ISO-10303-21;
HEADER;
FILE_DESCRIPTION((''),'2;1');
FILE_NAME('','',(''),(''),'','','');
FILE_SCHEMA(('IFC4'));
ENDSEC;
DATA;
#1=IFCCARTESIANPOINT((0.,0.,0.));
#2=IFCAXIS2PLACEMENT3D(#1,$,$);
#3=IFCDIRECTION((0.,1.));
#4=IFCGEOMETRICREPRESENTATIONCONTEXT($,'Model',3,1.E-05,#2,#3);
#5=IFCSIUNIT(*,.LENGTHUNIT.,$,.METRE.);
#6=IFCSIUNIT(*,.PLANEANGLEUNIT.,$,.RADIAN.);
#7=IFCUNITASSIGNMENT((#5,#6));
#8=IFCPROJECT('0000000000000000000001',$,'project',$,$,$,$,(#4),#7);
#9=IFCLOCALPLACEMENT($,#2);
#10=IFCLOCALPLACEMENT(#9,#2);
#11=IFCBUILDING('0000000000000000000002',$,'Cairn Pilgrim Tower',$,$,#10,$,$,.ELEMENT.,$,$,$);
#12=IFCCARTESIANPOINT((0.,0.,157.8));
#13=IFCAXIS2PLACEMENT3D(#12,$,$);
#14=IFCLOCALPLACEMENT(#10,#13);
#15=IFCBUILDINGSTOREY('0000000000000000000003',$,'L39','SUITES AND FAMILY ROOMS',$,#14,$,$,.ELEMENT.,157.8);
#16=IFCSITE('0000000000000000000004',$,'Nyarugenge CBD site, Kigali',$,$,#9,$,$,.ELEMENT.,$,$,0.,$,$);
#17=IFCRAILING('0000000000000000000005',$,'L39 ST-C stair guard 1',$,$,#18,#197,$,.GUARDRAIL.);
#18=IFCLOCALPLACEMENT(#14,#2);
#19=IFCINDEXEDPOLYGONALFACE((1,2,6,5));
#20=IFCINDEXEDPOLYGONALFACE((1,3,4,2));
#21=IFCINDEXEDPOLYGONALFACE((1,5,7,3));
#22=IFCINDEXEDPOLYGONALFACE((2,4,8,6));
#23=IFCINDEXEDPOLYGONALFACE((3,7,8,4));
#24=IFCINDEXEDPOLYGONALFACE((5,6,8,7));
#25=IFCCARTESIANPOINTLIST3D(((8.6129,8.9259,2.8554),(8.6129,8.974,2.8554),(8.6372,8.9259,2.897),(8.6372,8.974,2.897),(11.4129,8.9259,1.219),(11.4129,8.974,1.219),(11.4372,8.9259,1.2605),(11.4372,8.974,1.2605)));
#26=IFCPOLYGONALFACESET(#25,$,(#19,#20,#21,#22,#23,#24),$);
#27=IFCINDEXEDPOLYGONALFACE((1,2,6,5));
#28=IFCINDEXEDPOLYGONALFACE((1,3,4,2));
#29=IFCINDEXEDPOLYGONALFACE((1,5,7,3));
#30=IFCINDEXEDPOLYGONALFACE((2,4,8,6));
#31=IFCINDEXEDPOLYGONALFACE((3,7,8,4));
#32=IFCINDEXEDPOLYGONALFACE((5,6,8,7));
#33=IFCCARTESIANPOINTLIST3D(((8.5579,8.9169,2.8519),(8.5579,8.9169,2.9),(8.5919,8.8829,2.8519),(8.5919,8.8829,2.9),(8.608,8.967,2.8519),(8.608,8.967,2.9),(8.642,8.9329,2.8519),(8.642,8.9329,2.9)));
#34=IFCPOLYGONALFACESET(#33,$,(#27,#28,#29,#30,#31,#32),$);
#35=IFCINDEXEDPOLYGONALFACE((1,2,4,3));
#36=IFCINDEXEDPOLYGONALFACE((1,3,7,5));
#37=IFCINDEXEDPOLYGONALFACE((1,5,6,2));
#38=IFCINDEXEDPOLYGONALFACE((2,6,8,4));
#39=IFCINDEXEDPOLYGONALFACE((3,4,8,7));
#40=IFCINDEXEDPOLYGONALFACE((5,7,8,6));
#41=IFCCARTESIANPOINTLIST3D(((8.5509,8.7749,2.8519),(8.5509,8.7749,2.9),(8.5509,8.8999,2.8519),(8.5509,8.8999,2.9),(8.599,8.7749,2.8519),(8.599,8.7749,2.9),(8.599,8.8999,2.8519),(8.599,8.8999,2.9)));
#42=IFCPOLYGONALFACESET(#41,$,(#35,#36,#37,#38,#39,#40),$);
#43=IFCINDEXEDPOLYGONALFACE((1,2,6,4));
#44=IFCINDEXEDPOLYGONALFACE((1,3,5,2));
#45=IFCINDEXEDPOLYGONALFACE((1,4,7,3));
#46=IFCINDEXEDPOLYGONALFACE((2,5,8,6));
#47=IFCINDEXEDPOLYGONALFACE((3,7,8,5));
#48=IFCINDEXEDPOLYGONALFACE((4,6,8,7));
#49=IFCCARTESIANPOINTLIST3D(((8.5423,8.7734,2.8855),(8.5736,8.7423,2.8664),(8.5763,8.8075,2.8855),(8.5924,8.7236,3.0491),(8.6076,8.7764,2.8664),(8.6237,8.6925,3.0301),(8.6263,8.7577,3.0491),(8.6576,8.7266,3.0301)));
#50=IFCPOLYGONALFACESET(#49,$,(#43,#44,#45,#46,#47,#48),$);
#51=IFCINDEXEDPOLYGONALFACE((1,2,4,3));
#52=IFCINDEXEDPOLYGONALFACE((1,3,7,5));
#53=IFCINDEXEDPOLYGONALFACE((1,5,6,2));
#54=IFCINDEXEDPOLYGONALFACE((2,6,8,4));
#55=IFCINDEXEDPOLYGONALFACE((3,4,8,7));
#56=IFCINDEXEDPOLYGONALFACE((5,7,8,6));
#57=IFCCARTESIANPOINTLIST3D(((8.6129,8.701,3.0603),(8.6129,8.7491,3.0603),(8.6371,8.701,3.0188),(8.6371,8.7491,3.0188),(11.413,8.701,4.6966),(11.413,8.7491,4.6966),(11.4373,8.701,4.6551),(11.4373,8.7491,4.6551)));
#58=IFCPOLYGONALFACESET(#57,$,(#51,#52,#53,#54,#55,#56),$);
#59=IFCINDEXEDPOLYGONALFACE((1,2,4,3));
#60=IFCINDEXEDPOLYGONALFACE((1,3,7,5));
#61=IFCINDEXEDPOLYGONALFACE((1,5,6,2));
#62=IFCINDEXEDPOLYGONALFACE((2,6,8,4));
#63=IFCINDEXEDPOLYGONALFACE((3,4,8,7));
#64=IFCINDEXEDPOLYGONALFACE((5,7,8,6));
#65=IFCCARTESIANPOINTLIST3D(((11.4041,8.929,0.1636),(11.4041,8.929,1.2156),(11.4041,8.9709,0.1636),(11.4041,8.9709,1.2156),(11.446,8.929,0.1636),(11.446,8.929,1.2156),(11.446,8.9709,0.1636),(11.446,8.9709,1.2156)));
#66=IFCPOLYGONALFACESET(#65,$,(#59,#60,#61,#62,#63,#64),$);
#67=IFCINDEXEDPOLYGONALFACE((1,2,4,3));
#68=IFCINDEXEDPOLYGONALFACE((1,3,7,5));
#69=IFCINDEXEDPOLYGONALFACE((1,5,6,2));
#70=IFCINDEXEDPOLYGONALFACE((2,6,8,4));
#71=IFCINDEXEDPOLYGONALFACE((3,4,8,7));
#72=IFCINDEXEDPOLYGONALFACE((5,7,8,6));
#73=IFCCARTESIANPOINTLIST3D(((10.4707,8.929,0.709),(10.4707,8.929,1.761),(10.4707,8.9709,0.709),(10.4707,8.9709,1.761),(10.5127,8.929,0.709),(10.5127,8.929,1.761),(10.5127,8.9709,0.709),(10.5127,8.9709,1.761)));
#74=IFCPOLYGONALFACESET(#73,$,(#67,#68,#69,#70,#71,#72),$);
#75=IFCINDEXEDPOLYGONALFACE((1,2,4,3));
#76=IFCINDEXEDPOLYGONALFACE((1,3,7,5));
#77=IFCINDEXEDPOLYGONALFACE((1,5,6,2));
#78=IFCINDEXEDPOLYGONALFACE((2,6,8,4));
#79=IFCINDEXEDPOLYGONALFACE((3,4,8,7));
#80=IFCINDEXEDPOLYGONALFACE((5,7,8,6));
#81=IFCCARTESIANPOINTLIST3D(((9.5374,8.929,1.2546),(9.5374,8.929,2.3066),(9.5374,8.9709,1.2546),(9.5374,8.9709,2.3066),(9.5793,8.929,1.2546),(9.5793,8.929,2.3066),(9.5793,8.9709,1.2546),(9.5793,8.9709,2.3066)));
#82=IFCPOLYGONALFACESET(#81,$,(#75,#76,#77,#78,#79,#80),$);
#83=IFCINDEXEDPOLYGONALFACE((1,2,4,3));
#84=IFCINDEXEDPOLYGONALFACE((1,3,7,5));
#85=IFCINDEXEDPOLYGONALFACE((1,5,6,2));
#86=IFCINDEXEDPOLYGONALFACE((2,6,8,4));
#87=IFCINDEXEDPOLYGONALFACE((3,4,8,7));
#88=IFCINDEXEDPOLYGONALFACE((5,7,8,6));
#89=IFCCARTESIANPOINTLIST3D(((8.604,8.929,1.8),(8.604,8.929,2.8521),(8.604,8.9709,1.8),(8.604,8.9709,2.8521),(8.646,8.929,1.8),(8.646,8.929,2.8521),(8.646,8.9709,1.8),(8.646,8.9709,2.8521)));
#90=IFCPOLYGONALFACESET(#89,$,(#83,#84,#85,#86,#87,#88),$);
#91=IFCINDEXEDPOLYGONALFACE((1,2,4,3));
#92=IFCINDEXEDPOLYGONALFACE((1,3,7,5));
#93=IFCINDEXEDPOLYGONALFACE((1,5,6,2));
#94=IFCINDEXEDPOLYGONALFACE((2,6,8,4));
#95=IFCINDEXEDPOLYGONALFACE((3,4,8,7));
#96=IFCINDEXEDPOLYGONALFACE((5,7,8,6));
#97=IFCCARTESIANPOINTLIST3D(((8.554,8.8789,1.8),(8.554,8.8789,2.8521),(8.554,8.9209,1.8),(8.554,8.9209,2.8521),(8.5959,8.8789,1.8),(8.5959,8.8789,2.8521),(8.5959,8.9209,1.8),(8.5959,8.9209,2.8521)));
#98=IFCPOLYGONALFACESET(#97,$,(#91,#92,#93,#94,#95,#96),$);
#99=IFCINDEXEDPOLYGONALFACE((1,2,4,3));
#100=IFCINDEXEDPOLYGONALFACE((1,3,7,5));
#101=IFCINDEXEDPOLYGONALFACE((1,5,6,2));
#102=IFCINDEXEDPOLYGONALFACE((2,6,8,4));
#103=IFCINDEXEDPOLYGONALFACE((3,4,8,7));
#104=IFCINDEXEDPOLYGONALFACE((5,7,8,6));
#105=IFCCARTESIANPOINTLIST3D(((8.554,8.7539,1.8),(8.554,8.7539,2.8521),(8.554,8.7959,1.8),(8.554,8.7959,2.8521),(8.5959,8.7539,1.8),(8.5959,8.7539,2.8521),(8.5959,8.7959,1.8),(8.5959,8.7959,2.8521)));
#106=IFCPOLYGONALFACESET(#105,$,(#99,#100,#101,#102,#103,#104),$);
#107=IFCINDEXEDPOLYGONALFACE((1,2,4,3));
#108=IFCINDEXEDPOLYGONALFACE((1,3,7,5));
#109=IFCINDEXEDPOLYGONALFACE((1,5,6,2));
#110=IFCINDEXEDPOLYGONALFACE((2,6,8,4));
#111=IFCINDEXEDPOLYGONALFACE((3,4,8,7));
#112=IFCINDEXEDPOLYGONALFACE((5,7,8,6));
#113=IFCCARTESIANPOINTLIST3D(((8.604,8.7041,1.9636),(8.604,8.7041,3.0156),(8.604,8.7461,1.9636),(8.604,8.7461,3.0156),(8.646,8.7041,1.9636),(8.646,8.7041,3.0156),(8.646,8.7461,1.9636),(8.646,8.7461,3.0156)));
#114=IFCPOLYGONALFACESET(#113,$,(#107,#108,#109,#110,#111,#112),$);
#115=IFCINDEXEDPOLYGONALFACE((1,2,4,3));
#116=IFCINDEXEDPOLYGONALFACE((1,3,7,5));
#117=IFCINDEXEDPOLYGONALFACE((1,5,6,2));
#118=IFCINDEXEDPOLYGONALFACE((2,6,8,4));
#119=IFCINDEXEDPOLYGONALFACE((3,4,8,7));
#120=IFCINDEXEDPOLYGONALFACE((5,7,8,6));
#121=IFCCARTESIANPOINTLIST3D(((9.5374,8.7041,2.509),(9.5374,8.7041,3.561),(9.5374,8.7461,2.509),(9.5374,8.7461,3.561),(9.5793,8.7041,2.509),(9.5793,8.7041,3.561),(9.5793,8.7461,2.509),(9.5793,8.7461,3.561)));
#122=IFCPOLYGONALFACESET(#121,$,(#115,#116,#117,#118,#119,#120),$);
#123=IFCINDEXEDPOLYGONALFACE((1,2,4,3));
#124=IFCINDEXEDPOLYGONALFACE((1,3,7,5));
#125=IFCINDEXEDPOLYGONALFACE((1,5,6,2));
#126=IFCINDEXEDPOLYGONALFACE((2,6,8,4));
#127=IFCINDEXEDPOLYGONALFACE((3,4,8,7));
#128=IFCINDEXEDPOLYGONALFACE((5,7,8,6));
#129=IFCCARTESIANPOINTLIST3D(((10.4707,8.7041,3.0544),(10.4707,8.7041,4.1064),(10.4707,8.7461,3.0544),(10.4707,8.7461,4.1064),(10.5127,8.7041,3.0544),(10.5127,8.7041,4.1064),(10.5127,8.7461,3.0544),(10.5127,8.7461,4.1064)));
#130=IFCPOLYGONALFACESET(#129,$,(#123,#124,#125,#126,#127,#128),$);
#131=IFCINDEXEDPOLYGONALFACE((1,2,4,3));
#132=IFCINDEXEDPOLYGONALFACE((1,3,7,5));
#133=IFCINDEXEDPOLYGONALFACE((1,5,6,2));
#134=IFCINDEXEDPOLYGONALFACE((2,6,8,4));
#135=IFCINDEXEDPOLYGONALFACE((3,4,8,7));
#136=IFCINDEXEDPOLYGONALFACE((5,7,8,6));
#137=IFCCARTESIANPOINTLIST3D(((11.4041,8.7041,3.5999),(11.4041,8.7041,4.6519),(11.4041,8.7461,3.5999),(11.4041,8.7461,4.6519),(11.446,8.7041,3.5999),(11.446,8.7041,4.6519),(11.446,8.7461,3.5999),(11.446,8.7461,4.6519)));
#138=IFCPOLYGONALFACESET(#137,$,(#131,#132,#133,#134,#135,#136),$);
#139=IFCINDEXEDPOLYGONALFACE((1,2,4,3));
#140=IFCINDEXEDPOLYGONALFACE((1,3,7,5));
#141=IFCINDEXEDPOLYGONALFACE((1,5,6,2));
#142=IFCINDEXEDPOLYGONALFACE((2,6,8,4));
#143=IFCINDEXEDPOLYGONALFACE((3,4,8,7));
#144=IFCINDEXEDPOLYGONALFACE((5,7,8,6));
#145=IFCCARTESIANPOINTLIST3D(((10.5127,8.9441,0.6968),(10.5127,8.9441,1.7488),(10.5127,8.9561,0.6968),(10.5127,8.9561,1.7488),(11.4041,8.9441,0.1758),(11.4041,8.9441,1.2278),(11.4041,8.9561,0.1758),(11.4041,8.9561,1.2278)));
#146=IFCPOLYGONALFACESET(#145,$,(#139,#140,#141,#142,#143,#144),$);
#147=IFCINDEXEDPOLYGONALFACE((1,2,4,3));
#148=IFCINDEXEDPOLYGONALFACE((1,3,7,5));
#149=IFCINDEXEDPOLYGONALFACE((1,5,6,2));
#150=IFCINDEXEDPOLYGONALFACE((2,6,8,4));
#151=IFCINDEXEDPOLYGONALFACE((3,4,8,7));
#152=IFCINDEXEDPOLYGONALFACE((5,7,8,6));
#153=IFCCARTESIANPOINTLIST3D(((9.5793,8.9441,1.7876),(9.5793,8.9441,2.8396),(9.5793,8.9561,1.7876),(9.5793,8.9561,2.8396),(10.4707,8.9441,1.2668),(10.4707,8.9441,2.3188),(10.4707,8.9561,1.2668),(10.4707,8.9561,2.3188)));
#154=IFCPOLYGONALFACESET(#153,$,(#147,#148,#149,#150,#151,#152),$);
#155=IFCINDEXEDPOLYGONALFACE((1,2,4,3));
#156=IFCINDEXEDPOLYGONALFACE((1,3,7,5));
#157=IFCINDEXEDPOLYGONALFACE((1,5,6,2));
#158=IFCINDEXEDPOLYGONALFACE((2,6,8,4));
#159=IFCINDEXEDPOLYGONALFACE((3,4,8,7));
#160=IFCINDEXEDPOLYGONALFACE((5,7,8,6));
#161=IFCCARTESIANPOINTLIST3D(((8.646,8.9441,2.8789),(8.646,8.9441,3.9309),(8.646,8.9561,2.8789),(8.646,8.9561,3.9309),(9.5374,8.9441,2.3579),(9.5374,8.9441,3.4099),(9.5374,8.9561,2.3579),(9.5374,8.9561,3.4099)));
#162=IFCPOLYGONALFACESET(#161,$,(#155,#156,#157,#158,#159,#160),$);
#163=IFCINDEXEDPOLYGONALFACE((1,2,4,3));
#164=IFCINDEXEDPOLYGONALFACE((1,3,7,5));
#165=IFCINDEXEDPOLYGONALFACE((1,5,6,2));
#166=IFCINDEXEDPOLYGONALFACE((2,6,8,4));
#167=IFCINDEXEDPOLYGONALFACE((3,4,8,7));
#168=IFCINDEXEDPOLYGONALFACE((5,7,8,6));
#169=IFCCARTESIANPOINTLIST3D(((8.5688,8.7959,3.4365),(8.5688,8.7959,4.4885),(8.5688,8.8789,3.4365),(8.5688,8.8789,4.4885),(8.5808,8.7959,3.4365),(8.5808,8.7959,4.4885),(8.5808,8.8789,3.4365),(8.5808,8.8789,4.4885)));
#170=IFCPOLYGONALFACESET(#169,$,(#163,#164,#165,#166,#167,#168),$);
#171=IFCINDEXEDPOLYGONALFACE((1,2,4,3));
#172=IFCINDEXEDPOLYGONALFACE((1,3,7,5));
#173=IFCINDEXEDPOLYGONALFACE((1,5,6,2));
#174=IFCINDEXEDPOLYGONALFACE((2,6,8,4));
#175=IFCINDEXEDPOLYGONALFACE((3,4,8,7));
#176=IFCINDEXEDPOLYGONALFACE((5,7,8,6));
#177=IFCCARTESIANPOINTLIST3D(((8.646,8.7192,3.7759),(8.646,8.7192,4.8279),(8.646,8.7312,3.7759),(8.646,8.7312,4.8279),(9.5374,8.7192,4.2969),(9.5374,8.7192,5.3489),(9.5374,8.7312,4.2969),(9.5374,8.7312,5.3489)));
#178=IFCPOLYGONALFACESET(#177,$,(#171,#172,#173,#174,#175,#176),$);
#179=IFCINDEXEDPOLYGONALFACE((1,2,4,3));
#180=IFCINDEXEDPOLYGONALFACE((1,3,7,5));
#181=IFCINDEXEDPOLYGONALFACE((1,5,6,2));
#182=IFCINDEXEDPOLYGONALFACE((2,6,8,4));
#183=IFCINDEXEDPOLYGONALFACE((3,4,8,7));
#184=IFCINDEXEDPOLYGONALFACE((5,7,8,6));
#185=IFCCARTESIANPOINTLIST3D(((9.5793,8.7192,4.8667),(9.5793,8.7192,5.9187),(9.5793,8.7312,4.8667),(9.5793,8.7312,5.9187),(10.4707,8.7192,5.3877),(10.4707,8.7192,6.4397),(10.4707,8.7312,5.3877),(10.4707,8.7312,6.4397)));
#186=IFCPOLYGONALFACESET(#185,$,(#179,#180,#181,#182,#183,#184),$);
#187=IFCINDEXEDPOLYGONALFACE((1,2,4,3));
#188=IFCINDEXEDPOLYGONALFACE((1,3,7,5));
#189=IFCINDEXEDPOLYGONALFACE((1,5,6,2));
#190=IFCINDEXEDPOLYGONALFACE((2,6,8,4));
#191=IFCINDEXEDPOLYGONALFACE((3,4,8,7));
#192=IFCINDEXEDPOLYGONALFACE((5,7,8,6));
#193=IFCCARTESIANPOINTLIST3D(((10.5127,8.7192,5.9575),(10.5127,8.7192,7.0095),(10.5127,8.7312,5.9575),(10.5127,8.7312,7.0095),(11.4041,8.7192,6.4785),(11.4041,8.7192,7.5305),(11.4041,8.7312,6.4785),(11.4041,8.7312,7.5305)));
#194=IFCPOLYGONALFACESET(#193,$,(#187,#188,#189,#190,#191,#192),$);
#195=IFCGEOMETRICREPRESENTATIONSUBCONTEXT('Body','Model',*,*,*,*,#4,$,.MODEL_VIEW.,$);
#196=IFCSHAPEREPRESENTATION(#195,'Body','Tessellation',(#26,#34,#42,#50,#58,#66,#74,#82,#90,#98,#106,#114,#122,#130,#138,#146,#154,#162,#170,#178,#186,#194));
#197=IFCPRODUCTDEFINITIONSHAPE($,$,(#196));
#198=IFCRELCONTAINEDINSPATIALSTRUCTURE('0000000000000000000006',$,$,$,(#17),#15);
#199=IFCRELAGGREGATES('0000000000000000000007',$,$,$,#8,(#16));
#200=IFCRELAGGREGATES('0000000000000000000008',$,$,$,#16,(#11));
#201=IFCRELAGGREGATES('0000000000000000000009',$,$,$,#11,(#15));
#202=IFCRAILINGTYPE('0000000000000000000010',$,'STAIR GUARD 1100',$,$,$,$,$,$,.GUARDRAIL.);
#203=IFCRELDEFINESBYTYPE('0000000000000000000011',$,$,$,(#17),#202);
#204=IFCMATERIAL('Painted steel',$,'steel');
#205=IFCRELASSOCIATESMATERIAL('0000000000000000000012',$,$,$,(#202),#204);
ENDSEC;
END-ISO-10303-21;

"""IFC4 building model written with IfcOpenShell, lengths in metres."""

from ifc_helpers import new_model, si_unit, direction, frame, origin, origin_2d, place, context, subcontext, project, spatial, polyline, rectangle, outline, extrude, material, type_object, element, save


model = new_model("IFC4")

# Units and contexts
model_context = context("Model", 3, precision=1e-05, world=origin(), true_north=direction((0.0, 1.0)))
body_context = subcontext(model_context, "Body", "Model", "MODEL_VIEW")
ifc_project = project(units=[si_unit("LENGTHUNIT", "METRE"), si_unit("PLANEANGLEUNIT", "RADIAN")], contexts=[model_context])

# Site, building, storey
site_placement = place(None, origin())
site = spatial("IfcSite", under=ifc_project, at=site_placement, Name="Nyarugenge CBD site, Kigali", CompositionType="ELEMENT", RefElevation=0.0)
building_placement = place(site_placement, origin())
building = spatial("IfcBuilding", under=site, at=building_placement, Name="Cairn Pilgrim Tower", CompositionType="ELEMENT")
storey_placement = place(building_placement, frame((0.0, 0.0, 157.8)))
storey = spatial("IfcBuildingStorey", under=building, at=storey_placement, Name="L39", Description="SUITES AND FAMILY ROOMS", CompositionType="ELEMENT", Elevation=157.8)

# Shared definitions
ifc_material_1 = material(Name="Painted steel", Category="steel")

# Railing
railing_type_1 = type_object("IfcRailingType", Name="STAIR GUARD 1100", PredefinedType="GUARDRAIL", material=ifc_material_1)
railing_1_placement = place(storey_placement, frame((11.425, 8.95, 0.1636)))
element("IfcRailing", 1, at=railing_1_placement, inside=storey, type_object=railing_type_1, Name="L39 ST-C stair guard 1", PredefinedType="GUARDRAIL", context=body_context, shape_type="SweptSolid", body=[
    extrude(rectangle(XDim=0.0481, YDim=0.0481, at=origin_2d()), frame((0.0, 0.0, 1.0762), z_axis=(-0.863361, 0.0, 0.504587), x_axis=(0.0, -1.0, 0.0)), (0.0, 0.0, 1.0), 3.2432),
    extrude(rectangle(XDim=0.0481, YDim=0.0481, at=origin_2d()), frame((-2.8, 0.0, 2.7124), z_axis=(-0.707107, -0.707107, 0.0), x_axis=(0.707107, -0.707107, 0.0)), (0.0, 0.0, 1.0), 0.0708),
    extrude(rectangle(XDim=0.0481, YDim=0.0481, at=origin_2d()), frame((-2.8501, -0.05, 2.7124), z_axis=(0.0, -1.0, 0.0), x_axis=(1.0, 0.0, 0.0)), (0.0, 0.0, 1.0), 0.125),
    extrude(rectangle(XDim=0.0481, YDim=0.0481, at=origin_2d()), frame((-2.8501, -0.175, 2.7124), z_axis=(0.280917, -0.279546, 0.918118), x_axis=(0.705376, 0.708834, 0.0)), (0.0, 0.0, 1.0), 0.1782),
    extrude(rectangle(XDim=0.0481, YDim=0.0481, at=origin_2d()), frame((-2.8, -0.2249, 2.876), z_axis=(0.863394, 0.0, 0.504531), x_axis=(0.0, 1.0, 0.0)), (0.0, 0.0, 1.0), 3.2432),
    extrude(rectangle(XDim=0.042, YDim=0.042, at=origin_2d()), origin(), (0.0, 0.0, 1.0), 1.052),
    extrude(rectangle(XDim=0.042, YDim=0.042, at=origin_2d()), frame((-0.9333, 0.0, 0.5454)), (0.0, 0.0, 1.0), 1.052),
    extrude(rectangle(XDim=0.042, YDim=0.042, at=origin_2d()), frame((-1.8667, 0.0, 1.0911)), (0.0, 0.0, 1.0), 1.052),
    extrude(rectangle(XDim=0.042, YDim=0.042, at=origin_2d()), frame((-2.8, 0.0, 1.6365)), (0.0, 0.0, 1.0), 1.052),
    extrude(rectangle(XDim=0.042, YDim=0.042, at=origin_2d()), frame((-2.8501, -0.05, 1.6365)), (0.0, 0.0, 1.0), 1.052),
    extrude(rectangle(XDim=0.042, YDim=0.042, at=origin_2d()), frame((-2.8501, -0.175, 1.6365)), (0.0, 0.0, 1.0), 1.052),
    extrude(rectangle(XDim=0.042, YDim=0.042, at=origin_2d()), frame((-2.8, -0.2249, 1.8)), (0.0, 0.0, 1.0), 1.052),
    extrude(rectangle(XDim=0.042, YDim=0.042, at=origin_2d()), frame((-1.8667, -0.2249, 2.3455)), (0.0, 0.0, 1.0), 1.052),
    extrude(rectangle(XDim=0.042, YDim=0.042, at=origin_2d()), frame((-0.9333, -0.2249, 2.8909)), (0.0, 0.0, 1.0), 1.052),
    extrude(rectangle(XDim=0.042, YDim=0.042, at=origin_2d()), frame((0.0, -0.2249, 3.4363)), (0.0, 0.0, 1.0), 1.052),
    extrude(outline(polyline([(0.021, 0.0122), (0.9124, 0.5332), (0.9124, 1.5852), (0.021, 1.0642), (0.021, 0.0122)])), frame((0.0, -0.0059, 0.0), z_axis=(0.0, 1.0, 0.0), x_axis=(-1.0, 0.0, 0.0)), (0.0, 0.0, 1.0), 0.012),
    extrude(outline(polyline([(0.021, 0.5579), (0.9124, 1.0786), (0.9124, 2.1306), (0.021, 1.6099), (0.021, 0.5579)])), frame((-0.9333, -0.0059, 0.5454), z_axis=(0.0, 1.0, 0.0), x_axis=(-1.0, 0.0, 0.0)), (0.0, 0.0, 1.0), 0.012),
    extrude(outline(polyline([(0.021, 1.1033), (0.9124, 1.6243), (0.9124, 2.6763), (0.021, 2.1553), (0.021, 1.1033)])), frame((-1.8667, -0.0059, 1.0911), z_axis=(0.0, 1.0, 0.0), x_axis=(-1.0, 0.0, 0.0)), (0.0, 0.0, 1.0), 0.012),
    extrude(outline(polyline([(0.021, 1.6365), (0.104, 1.6365), (0.104, 2.6885), (0.021, 2.6885), (0.021, 1.6365)])), frame((-2.8442, -0.05, 1.6365), z_axis=(-1.0, 0.0, 0.0), x_axis=(0.0, -1.0, 0.0)), (0.0, 0.0, 1.0), 0.012),
    extrude(outline(polyline([(0.021, 1.8123), (0.9124, 2.3333), (0.9124, 3.3853), (0.021, 2.8643), (0.021, 1.8123)])), frame((-2.8, -0.2188, 1.8), z_axis=(0.0, -1.0, 0.0), x_axis=(1.0, 0.0, 0.0)), (0.0, 0.0, 1.0), 0.012),
    extrude(outline(polyline([(0.021, 2.3577), (0.9124, 2.8787), (0.9124, 3.9307), (0.021, 3.4097), (0.021, 2.3577)])), frame((-1.8667, -0.2188, 2.3455), z_axis=(0.0, -1.0, 0.0), x_axis=(1.0, 0.0, 0.0)), (0.0, 0.0, 1.0), 0.012),
    extrude(outline(polyline([(0.021, 2.9031), (0.9124, 3.4241), (0.9124, 4.4761), (0.021, 3.9551), (0.021, 2.9031)])), frame((-0.9333, -0.2188, 2.8909), z_axis=(0.0, -1.0, 0.0), x_axis=(1.0, 0.0, 0.0)), (0.0, 0.0, 1.0), 0.012),
])

save(model, "model.ifc")
